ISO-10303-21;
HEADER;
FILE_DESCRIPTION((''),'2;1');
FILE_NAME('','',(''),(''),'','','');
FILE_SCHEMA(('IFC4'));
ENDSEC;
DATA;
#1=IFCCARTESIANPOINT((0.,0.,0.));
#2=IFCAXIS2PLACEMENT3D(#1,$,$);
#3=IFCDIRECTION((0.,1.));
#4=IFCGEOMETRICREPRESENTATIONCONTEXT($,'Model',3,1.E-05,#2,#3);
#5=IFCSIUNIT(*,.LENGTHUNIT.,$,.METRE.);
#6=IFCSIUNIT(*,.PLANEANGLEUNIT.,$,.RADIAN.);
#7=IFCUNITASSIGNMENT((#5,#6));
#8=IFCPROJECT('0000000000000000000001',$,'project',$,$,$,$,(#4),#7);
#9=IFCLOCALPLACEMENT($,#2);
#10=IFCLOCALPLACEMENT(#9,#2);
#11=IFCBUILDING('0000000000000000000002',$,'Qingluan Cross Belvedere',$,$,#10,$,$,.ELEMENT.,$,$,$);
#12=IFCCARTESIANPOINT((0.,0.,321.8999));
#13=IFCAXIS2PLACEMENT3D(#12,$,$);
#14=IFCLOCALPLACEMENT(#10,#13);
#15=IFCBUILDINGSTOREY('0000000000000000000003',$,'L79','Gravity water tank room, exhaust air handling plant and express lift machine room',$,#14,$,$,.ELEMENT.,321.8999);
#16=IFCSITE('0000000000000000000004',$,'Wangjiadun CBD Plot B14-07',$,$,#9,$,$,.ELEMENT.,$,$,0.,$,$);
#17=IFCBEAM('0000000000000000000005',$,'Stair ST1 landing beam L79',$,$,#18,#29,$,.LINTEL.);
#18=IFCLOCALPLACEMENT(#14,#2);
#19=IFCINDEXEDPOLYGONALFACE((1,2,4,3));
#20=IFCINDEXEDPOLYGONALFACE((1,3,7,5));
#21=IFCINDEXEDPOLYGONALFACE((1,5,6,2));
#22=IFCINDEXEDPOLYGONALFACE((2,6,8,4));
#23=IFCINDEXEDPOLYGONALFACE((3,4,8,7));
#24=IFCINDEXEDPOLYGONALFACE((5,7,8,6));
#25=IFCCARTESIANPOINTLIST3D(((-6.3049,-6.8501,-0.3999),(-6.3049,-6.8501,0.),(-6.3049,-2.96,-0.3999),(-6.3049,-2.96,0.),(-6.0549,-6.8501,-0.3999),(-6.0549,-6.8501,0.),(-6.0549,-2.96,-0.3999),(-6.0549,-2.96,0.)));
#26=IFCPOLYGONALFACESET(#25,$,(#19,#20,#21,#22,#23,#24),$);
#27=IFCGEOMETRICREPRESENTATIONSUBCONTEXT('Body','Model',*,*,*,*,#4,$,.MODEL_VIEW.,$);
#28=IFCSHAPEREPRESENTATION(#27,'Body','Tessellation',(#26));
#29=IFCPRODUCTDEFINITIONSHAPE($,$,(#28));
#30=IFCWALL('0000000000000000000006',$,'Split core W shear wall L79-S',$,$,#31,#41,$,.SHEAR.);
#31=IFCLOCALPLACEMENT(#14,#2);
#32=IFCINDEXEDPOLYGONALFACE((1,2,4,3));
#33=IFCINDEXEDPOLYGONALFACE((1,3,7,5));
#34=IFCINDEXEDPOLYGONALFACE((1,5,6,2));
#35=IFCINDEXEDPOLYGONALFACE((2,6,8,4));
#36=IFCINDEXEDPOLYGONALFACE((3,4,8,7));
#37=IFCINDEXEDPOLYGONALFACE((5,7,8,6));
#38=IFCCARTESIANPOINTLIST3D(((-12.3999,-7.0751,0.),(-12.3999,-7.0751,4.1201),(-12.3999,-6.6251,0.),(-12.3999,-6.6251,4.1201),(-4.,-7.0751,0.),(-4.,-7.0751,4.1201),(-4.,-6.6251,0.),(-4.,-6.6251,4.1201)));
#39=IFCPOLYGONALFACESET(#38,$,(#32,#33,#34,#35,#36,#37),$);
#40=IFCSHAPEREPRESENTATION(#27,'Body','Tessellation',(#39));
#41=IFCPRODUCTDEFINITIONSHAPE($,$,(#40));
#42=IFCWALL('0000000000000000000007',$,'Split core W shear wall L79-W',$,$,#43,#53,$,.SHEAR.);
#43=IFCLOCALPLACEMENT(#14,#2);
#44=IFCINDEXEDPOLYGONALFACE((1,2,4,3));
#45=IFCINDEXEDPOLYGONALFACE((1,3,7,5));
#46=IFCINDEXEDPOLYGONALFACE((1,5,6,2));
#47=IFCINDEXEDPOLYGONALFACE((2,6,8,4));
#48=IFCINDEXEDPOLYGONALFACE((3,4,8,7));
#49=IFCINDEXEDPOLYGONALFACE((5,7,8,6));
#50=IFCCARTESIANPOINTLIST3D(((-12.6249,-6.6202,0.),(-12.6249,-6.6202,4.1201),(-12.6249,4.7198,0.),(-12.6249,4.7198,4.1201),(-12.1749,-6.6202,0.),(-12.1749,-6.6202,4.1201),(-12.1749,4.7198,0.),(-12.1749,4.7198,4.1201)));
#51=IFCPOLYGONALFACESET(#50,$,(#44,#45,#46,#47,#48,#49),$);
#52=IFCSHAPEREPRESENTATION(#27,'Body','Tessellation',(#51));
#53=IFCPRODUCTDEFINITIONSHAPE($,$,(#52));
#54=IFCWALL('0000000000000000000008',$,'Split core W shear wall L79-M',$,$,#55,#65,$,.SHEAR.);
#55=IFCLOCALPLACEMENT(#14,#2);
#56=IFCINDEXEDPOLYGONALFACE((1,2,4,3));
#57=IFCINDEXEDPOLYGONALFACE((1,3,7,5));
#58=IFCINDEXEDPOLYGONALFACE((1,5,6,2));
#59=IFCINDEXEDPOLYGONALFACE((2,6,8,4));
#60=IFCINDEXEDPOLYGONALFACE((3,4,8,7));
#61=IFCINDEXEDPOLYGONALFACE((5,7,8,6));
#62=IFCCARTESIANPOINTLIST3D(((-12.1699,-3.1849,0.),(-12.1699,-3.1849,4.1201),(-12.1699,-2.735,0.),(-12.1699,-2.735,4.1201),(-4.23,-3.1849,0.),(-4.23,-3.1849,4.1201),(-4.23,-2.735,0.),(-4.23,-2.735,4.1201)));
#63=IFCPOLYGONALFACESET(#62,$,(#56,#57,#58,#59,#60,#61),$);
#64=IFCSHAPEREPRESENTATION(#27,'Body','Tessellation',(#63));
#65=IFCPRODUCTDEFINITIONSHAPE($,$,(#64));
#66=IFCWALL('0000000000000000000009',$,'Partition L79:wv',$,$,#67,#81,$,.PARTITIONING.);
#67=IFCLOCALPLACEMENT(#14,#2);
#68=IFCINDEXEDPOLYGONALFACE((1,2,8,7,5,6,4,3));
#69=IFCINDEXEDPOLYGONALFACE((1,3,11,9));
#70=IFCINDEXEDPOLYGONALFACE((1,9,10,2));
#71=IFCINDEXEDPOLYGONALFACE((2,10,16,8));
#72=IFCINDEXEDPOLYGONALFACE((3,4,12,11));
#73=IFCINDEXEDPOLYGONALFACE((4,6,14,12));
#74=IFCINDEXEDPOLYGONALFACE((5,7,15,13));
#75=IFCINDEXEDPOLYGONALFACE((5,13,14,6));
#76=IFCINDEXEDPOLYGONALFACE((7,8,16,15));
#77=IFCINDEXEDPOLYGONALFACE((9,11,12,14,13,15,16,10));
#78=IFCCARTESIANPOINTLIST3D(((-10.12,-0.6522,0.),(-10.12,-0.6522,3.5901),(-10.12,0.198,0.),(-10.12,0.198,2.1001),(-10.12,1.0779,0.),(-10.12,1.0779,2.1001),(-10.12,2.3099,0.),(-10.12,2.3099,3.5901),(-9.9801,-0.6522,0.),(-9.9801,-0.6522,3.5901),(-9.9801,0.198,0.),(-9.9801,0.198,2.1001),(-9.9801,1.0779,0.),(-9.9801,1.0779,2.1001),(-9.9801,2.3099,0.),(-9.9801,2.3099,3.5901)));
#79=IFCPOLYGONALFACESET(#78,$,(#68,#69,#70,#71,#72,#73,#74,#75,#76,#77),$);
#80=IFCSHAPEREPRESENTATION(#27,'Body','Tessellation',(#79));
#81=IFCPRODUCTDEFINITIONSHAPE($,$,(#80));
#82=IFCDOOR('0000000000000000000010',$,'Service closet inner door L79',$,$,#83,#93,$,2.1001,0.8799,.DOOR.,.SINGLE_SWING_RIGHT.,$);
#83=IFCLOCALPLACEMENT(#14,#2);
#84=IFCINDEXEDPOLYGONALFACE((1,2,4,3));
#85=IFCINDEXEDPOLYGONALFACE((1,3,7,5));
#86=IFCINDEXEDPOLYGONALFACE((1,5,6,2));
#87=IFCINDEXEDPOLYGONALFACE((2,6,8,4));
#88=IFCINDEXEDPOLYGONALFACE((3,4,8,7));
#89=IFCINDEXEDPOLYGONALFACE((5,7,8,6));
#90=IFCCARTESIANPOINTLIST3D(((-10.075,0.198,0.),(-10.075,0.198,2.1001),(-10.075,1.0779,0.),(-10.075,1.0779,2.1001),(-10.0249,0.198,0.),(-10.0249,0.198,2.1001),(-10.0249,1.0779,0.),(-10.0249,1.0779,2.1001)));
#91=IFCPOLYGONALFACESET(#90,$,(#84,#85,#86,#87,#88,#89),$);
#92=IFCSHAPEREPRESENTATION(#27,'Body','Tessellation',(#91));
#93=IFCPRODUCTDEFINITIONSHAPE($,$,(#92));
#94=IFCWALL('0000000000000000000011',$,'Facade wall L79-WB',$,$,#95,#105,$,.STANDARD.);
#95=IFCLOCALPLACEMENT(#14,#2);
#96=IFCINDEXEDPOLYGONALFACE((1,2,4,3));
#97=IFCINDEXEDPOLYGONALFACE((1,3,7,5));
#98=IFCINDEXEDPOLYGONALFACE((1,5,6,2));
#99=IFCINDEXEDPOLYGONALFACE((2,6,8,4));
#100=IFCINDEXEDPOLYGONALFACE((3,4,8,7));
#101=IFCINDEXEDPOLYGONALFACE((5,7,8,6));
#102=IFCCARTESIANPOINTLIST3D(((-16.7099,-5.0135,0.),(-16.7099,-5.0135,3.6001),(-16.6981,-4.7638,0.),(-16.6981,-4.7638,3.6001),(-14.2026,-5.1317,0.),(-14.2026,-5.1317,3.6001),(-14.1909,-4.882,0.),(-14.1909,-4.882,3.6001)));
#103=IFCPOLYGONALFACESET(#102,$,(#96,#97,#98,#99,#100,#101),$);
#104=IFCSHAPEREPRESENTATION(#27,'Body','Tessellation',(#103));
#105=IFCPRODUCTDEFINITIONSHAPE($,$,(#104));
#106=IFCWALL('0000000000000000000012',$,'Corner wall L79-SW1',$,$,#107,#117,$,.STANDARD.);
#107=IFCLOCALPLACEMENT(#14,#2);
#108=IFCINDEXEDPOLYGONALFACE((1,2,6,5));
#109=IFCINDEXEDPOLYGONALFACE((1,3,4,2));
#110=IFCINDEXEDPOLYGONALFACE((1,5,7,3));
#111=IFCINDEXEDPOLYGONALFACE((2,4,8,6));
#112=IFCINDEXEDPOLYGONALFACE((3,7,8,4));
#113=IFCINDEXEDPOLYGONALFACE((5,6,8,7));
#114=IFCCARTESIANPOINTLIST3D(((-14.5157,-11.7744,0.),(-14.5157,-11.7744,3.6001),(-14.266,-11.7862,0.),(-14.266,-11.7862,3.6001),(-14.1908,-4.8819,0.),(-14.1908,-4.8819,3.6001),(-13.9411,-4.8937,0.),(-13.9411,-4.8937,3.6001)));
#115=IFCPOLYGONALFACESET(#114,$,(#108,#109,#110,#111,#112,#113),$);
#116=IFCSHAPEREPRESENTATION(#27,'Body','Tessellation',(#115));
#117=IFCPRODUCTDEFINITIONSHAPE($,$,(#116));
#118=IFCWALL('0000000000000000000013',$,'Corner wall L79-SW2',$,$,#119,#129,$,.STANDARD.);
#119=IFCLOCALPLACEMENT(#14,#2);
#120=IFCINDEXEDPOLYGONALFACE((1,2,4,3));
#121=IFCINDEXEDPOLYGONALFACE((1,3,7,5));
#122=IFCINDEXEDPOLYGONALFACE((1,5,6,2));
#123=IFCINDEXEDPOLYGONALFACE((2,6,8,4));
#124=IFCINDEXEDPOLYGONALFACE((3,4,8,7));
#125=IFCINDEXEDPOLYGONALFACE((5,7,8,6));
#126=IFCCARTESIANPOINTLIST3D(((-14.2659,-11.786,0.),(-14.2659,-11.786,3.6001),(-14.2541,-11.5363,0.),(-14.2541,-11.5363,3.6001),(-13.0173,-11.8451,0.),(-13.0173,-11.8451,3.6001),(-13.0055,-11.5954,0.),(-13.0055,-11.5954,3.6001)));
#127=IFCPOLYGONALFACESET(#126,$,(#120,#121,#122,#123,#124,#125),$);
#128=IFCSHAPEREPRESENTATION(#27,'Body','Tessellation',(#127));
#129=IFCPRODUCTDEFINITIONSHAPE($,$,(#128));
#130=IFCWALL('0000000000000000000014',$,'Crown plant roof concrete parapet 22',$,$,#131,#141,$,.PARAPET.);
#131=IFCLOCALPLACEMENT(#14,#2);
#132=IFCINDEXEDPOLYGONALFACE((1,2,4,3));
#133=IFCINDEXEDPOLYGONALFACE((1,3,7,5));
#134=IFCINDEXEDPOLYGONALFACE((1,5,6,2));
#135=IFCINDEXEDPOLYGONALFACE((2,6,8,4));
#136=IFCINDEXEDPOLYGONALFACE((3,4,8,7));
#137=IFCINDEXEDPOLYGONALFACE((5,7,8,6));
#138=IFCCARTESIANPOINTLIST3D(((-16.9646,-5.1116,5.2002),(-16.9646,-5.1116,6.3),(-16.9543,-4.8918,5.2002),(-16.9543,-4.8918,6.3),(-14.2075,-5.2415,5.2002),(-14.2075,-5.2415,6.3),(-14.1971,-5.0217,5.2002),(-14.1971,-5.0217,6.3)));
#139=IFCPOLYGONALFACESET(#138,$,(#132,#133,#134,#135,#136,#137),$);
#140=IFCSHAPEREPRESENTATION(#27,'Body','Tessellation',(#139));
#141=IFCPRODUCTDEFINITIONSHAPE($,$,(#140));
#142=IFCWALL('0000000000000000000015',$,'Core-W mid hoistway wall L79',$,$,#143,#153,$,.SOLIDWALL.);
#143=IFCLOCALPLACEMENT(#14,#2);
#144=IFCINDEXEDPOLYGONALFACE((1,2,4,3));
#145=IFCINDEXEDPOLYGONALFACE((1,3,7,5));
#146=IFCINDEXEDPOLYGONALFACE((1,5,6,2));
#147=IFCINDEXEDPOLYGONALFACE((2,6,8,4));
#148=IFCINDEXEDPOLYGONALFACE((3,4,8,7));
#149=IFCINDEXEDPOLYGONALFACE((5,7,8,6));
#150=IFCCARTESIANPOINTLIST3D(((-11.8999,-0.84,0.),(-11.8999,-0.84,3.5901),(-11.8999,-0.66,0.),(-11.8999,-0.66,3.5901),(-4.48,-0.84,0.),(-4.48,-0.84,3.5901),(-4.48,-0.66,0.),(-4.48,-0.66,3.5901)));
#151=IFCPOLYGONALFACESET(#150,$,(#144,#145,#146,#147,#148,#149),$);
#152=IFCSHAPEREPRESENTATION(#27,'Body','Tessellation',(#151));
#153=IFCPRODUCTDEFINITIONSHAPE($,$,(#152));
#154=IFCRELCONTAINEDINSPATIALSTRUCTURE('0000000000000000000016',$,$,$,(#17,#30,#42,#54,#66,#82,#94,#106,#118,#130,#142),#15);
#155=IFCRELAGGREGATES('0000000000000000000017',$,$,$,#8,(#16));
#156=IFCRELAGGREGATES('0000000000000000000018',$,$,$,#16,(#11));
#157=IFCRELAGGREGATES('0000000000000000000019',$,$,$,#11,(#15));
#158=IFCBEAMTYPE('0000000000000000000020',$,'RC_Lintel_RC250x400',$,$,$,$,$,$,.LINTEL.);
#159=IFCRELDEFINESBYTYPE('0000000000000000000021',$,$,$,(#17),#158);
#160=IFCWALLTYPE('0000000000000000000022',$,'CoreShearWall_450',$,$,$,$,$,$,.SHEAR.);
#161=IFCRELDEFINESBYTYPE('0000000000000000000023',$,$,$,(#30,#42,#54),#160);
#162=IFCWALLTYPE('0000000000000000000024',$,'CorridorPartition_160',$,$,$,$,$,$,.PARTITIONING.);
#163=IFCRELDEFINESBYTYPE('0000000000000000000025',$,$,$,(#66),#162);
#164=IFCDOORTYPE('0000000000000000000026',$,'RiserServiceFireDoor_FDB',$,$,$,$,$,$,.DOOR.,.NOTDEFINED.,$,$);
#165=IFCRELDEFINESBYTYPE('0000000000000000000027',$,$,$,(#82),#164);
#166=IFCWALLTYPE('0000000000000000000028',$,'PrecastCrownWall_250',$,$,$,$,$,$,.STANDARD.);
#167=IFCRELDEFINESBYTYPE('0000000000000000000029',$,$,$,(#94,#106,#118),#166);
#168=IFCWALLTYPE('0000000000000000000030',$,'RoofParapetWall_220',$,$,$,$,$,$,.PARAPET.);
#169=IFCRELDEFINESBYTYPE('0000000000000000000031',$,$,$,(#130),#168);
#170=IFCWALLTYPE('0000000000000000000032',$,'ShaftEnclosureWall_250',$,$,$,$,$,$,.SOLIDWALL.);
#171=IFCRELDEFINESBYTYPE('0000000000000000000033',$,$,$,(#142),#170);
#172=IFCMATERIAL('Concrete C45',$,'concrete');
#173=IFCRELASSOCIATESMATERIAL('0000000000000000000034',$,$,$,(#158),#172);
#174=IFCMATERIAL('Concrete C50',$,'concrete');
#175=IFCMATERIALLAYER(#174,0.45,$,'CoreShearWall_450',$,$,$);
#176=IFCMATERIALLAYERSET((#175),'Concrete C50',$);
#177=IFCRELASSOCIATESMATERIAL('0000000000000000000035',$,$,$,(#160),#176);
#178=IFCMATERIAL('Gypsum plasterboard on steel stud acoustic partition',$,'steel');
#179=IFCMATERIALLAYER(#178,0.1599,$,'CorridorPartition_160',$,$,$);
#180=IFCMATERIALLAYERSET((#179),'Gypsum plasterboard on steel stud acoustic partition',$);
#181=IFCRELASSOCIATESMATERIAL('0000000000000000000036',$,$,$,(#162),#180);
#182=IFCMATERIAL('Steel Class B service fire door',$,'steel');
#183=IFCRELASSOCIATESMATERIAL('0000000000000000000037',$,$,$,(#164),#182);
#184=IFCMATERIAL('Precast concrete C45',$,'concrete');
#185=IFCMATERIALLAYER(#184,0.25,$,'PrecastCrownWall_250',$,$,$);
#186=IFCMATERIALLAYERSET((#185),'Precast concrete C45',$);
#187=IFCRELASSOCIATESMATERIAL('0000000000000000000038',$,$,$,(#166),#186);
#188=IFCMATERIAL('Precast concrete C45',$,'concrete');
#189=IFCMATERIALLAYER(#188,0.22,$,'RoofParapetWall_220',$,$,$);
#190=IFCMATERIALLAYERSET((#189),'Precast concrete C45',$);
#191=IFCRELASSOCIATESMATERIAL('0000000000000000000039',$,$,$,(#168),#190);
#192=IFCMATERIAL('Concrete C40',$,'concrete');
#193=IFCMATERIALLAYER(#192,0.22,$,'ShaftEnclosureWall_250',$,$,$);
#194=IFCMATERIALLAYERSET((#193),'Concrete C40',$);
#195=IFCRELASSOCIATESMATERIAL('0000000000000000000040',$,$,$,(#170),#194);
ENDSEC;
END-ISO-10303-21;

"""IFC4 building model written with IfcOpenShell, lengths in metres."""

from ifc_helpers import new_model, si_unit, direction, frame, frame_2d, origin, origin_2d, place, context, subcontext, project, spatial, rectangle, extrude, material, layer, layer_set, material_profile, profile_set, type_object, element, fill, save


model = new_model("IFC4")

# Units and contexts
model_context = context("Model", 3, precision=1e-05, world=origin(), true_north=direction((0.0, 1.0)))
body_context = subcontext(model_context, "Body", "Model", "MODEL_VIEW")
ifc_project = project(units=[si_unit("LENGTHUNIT", "METRE"), si_unit("PLANEANGLEUNIT", "RADIAN")], contexts=[model_context])

# Site, building, storey
site_placement = place(None, origin())
site = spatial("IfcSite", under=ifc_project, at=site_placement, Name="Wangjiadun CBD Plot B14-07", CompositionType="ELEMENT", RefElevation=0.0)
building_placement = place(site_placement, origin())
building = spatial("IfcBuilding", under=site, at=building_placement, Name="Qingluan Cross Belvedere", CompositionType="ELEMENT")
storey_placement = place(building_placement, frame((0.0, 0.0, 321.8999)))
storey = spatial("IfcBuildingStorey", under=building, at=storey_placement, Name="L79", Description="Gravity water tank room, exhaust air handling plant and express lift machine room", CompositionType="ELEMENT", Elevation=321.8999)

# Beam
ifc_material_1 = material(Name="Concrete C45", Category="concrete")
ifc_material_profile = material_profile(ifc_material_1, rectangle(XDim=0.25, YDim=0.3999, at=origin_2d()), Name="RC250x400")
ifc_profile_set = profile_set([ifc_material_profile], Name="Concrete C45")
beam_type = type_object("IfcBeamType", Name="RC_Lintel_RC250x400", PredefinedType="LINTEL", material=ifc_profile_set)
beam_placement = place(storey_placement, frame((-6.1799, -6.8501, -0.2), z_axis=(0.0, 1.0, 0.0), x_axis=(-1.0, 0.0, 0.0)))
element("IfcBeam", 1, at=beam_placement, inside=storey, type_object=beam_type, Name="Stair ST1 landing beam L79", PredefinedType="LINTEL", context=body_context, shape_type="SweptSolid", body=[
    extrude(rectangle(XDim=0.25, YDim=0.3999, at=origin_2d()), origin(), (0.0, 0.0, 1.0), 3.8901),
])

# Walls
ifc_material_2 = material(Name="Concrete C50", Category="concrete")
ifc_layer_1 = layer(ifc_material_2, 0.45, Name="CoreShearWall_450")
ifc_layer_set_1 = layer_set([ifc_layer_1], Name="Concrete C50")
wall_type_1 = type_object("IfcWallType", Name="CoreShearWall_450", PredefinedType="SHEAR", material=ifc_layer_set_1)
wall_1_placement = place(storey_placement, frame((-12.3999, -6.8501, 0.0), z_axis=(0.0, 0.0, 1.0), x_axis=(1.0, 0.0, 0.0)))
element("IfcWall", 2, at=wall_1_placement, inside=storey, type_object=wall_type_1, Name="Split core W shear wall L79-S", PredefinedType="SHEAR", context=body_context, shape_type="SweptSolid", body=[
    extrude(rectangle(XDim=8.3999, YDim=0.45, at=frame_2d((4.2, 0.0))), origin(), (0.0, 0.0, 1.0), 4.1201),
])
wall_2_placement = place(storey_placement, frame((-12.3999, -6.6201, 0.0), z_axis=(0.0, 0.0, 1.0), x_axis=(0.0, 1.0, 0.0)))
element("IfcWall", 3, at=wall_2_placement, inside=storey, type_object=wall_type_1, Name="Split core W shear wall L79-W", PredefinedType="SHEAR", context=body_context, shape_type="SweptSolid", body=[
    extrude(rectangle(XDim=11.3401, YDim=0.45, at=frame_2d((5.6699, 0.0))), origin(), (0.0, 0.0, 1.0), 4.1201),
])

# Wall
wall_3_placement = place(storey_placement, frame((-12.1699, -2.96, 0.0), z_axis=(0.0, 0.0, 1.0), x_axis=(1.0, 0.0, 0.0)))
element("IfcWall", 4, at=wall_3_placement, inside=storey, type_object=wall_type_1, Name="Split core W shear wall L79-M", PredefinedType="SHEAR", context=body_context, shape_type="SweptSolid", body=[
    extrude(rectangle(XDim=7.9399, YDim=0.45, at=frame_2d((3.97, 0.0))), origin(), (0.0, 0.0, 1.0), 4.1201),
])

# Wall, opening, door
ifc_material_3 = material(Name="Gypsum plasterboard on steel stud acoustic partition", Category="steel")
ifc_layer_2 = layer(ifc_material_3, 0.1599, Name="CorridorPartition_160")
ifc_layer_set_2 = layer_set([ifc_layer_2], Name="Gypsum plasterboard on steel stud acoustic partition")
wall_type_2 = type_object("IfcWallType", Name="CorridorPartition_160", PredefinedType="PARTITIONING", material=ifc_layer_set_2)
wall_4_placement = place(storey_placement, frame((-10.05, -0.6521, 0.0), z_axis=(0.0, 0.0, 1.0), x_axis=(0.0, 1.0, 0.0)))
wall_4 = element("IfcWall", 5, at=wall_4_placement, inside=storey, type_object=wall_type_2, Name="Partition L79:wv", PredefinedType="PARTITIONING", context=body_context, shape_type="SweptSolid", body=[
    extrude(rectangle(XDim=2.9622, YDim=0.1399, at=frame_2d((1.481, 0.0))), origin(), (0.0, 0.0, 1.0), 3.5901),
])
opening_1_placement = place(wall_4_placement, frame((0.8501, 0.0, 0.0)))
opening_1 = element("IfcOpeningElement", 6, at=opening_1_placement, cuts=wall_4, PredefinedType="OPENING", context=body_context, shape_type="SweptSolid", body=[
    extrude(rectangle(XDim=0.8799, YDim=2.1001, at=frame_2d((0.4399, 1.05))), frame((0.0, 0.0798, 0.0), z_axis=(0.0, -1.0, 0.0), x_axis=(1.0, 0.0, 0.0)), (0.0, 0.0, 1.0), 0.1599),
])
ifc_material_4 = material(Name="Steel Class B service fire door", Category="steel")
door_type_1 = type_object("IfcDoorType", Name="RiserServiceFireDoor_FDB", OperationType="NOTDEFINED", PredefinedType="DOOR", material=ifc_material_4)
door_1_placement = place(opening_1_placement, origin())
door_1 = element("IfcDoor", 7, at=door_1_placement, inside=storey, type_object=door_type_1, Name="Service closet inner door L79", OperationType="SINGLE_SWING_RIGHT", OverallHeight=2.1001, OverallWidth=0.8799, PredefinedType="DOOR", context=body_context, shape_type="SweptSolid", body=[
    extrude(rectangle(XDim=0.8799, YDim=2.1001, at=frame_2d((0.4399, 1.05))), frame((0.0, 0.0249, 0.0), z_axis=(0.0, -1.0, 0.0), x_axis=(1.0, 0.0, 0.0)), (0.0, 0.0, 1.0), 0.05),
])
fill(opening_1, door_1)

# Walls
ifc_material_5 = material(Name="Precast concrete C45", Category="concrete")
ifc_layer_3 = layer(ifc_material_5, 0.25, Name="PrecastCrownWall_250")
ifc_layer_set_3 = layer_set([ifc_layer_3], Name="Precast concrete C45")
wall_type_3 = type_object("IfcWallType", Name="PrecastCrownWall_250", PredefinedType="STANDARD", material=ifc_layer_set_3)
wall_5_placement = place(storey_placement, frame((-16.7039, -4.8887, 0.0), z_axis=(0.0, 0.0, 1.0), x_axis=(0.998891, -0.047075, 0.0)))
element("IfcWall", 8, at=wall_5_placement, inside=storey, type_object=wall_type_3, Name="Facade wall L79-WB", PredefinedType="STANDARD", context=body_context, shape_type="SweptSolid", body=[
    extrude(rectangle(XDim=2.51, YDim=0.25, at=frame_2d((1.2549, 0.0))), origin(), (0.0, 0.0, 1.0), 3.6001),
])
wall_6_placement = place(storey_placement, frame((-14.0659, -4.8877, 0.0), z_axis=(0.0, 0.0, 1.0), x_axis=(-0.047093, -0.998891, 0.0)))
element("IfcWall", 9, at=wall_6_placement, inside=storey, type_object=wall_type_3, Name="Corner wall L79-SW1", PredefinedType="STANDARD", context=body_context, shape_type="SweptSolid", body=[
    extrude(rectangle(XDim=6.9001, YDim=0.25, at=frame_2d((3.4502, 0.0))), origin(), (0.0, 0.0, 1.0), 3.6001),
])
wall_7_placement = place(storey_placement, frame((-14.26, -11.6611, 0.0), z_axis=(0.0, 0.0, 1.0), x_axis=(0.998882, -0.047268, 0.0)))
element("IfcWall", 10, at=wall_7_placement, inside=storey, type_object=wall_type_3, Name="Corner wall L79-SW2", PredefinedType="STANDARD", context=body_context, shape_type="SweptSolid", body=[
    extrude(rectangle(XDim=1.25, YDim=0.25, at=frame_2d((0.625, 0.0))), origin(), (0.0, 0.0, 1.0), 3.6001),
])
ifc_material_6 = material(Name="Precast concrete C45", Category="concrete")
ifc_layer_4 = layer(ifc_material_6, 0.22, Name="RoofParapetWall_220")
ifc_layer_set_4 = layer_set([ifc_layer_4], Name="Precast concrete C45")
wall_type_4 = type_object("IfcWallType", Name="RoofParapetWall_220", PredefinedType="PARAPET", material=ifc_layer_set_4)
wall_8_placement = place(storey_placement, frame((-16.9595, -5.0017, 5.2002), z_axis=(0.0, 0.0, 1.0), x_axis=(0.998892, -0.047057, 0.0)))
element("IfcWall", 11, at=wall_8_placement, inside=storey, type_object=wall_type_4, Name="Crown plant roof concrete parapet 22", PredefinedType="PARAPET", context=body_context, shape_type="SweptSolid", body=[
    extrude(rectangle(XDim=2.7603, YDim=0.22, at=frame_2d((1.3801, 0.0))), origin(), (0.0, 0.0, 1.0), 1.0999),
])
ifc_material_7 = material(Name="Concrete C40", Category="concrete")
ifc_layer_5 = layer(ifc_material_7, 0.22, Name="ShaftEnclosureWall_250")
ifc_layer_set_5 = layer_set([ifc_layer_5], Name="Concrete C40")
wall_type_5 = type_object("IfcWallType", Name="ShaftEnclosureWall_250", PredefinedType="SOLIDWALL", material=ifc_layer_set_5)
wall_9_placement = place(storey_placement, frame((-11.8999, -0.75, 0.0), z_axis=(0.0, 0.0, 1.0), x_axis=(1.0, 0.0, 0.0)))
element("IfcWall", 12, at=wall_9_placement, inside=storey, type_object=wall_type_5, Name="Core-W mid hoistway wall L79", PredefinedType="SOLIDWALL", context=body_context, shape_type="SweptSolid", body=[
    extrude(rectangle(XDim=7.4199, YDim=0.1799, at=frame_2d((3.71, 0.0))), origin(), (0.0, 0.0, 1.0), 3.5901),
])

save(model, "model.ifc")
